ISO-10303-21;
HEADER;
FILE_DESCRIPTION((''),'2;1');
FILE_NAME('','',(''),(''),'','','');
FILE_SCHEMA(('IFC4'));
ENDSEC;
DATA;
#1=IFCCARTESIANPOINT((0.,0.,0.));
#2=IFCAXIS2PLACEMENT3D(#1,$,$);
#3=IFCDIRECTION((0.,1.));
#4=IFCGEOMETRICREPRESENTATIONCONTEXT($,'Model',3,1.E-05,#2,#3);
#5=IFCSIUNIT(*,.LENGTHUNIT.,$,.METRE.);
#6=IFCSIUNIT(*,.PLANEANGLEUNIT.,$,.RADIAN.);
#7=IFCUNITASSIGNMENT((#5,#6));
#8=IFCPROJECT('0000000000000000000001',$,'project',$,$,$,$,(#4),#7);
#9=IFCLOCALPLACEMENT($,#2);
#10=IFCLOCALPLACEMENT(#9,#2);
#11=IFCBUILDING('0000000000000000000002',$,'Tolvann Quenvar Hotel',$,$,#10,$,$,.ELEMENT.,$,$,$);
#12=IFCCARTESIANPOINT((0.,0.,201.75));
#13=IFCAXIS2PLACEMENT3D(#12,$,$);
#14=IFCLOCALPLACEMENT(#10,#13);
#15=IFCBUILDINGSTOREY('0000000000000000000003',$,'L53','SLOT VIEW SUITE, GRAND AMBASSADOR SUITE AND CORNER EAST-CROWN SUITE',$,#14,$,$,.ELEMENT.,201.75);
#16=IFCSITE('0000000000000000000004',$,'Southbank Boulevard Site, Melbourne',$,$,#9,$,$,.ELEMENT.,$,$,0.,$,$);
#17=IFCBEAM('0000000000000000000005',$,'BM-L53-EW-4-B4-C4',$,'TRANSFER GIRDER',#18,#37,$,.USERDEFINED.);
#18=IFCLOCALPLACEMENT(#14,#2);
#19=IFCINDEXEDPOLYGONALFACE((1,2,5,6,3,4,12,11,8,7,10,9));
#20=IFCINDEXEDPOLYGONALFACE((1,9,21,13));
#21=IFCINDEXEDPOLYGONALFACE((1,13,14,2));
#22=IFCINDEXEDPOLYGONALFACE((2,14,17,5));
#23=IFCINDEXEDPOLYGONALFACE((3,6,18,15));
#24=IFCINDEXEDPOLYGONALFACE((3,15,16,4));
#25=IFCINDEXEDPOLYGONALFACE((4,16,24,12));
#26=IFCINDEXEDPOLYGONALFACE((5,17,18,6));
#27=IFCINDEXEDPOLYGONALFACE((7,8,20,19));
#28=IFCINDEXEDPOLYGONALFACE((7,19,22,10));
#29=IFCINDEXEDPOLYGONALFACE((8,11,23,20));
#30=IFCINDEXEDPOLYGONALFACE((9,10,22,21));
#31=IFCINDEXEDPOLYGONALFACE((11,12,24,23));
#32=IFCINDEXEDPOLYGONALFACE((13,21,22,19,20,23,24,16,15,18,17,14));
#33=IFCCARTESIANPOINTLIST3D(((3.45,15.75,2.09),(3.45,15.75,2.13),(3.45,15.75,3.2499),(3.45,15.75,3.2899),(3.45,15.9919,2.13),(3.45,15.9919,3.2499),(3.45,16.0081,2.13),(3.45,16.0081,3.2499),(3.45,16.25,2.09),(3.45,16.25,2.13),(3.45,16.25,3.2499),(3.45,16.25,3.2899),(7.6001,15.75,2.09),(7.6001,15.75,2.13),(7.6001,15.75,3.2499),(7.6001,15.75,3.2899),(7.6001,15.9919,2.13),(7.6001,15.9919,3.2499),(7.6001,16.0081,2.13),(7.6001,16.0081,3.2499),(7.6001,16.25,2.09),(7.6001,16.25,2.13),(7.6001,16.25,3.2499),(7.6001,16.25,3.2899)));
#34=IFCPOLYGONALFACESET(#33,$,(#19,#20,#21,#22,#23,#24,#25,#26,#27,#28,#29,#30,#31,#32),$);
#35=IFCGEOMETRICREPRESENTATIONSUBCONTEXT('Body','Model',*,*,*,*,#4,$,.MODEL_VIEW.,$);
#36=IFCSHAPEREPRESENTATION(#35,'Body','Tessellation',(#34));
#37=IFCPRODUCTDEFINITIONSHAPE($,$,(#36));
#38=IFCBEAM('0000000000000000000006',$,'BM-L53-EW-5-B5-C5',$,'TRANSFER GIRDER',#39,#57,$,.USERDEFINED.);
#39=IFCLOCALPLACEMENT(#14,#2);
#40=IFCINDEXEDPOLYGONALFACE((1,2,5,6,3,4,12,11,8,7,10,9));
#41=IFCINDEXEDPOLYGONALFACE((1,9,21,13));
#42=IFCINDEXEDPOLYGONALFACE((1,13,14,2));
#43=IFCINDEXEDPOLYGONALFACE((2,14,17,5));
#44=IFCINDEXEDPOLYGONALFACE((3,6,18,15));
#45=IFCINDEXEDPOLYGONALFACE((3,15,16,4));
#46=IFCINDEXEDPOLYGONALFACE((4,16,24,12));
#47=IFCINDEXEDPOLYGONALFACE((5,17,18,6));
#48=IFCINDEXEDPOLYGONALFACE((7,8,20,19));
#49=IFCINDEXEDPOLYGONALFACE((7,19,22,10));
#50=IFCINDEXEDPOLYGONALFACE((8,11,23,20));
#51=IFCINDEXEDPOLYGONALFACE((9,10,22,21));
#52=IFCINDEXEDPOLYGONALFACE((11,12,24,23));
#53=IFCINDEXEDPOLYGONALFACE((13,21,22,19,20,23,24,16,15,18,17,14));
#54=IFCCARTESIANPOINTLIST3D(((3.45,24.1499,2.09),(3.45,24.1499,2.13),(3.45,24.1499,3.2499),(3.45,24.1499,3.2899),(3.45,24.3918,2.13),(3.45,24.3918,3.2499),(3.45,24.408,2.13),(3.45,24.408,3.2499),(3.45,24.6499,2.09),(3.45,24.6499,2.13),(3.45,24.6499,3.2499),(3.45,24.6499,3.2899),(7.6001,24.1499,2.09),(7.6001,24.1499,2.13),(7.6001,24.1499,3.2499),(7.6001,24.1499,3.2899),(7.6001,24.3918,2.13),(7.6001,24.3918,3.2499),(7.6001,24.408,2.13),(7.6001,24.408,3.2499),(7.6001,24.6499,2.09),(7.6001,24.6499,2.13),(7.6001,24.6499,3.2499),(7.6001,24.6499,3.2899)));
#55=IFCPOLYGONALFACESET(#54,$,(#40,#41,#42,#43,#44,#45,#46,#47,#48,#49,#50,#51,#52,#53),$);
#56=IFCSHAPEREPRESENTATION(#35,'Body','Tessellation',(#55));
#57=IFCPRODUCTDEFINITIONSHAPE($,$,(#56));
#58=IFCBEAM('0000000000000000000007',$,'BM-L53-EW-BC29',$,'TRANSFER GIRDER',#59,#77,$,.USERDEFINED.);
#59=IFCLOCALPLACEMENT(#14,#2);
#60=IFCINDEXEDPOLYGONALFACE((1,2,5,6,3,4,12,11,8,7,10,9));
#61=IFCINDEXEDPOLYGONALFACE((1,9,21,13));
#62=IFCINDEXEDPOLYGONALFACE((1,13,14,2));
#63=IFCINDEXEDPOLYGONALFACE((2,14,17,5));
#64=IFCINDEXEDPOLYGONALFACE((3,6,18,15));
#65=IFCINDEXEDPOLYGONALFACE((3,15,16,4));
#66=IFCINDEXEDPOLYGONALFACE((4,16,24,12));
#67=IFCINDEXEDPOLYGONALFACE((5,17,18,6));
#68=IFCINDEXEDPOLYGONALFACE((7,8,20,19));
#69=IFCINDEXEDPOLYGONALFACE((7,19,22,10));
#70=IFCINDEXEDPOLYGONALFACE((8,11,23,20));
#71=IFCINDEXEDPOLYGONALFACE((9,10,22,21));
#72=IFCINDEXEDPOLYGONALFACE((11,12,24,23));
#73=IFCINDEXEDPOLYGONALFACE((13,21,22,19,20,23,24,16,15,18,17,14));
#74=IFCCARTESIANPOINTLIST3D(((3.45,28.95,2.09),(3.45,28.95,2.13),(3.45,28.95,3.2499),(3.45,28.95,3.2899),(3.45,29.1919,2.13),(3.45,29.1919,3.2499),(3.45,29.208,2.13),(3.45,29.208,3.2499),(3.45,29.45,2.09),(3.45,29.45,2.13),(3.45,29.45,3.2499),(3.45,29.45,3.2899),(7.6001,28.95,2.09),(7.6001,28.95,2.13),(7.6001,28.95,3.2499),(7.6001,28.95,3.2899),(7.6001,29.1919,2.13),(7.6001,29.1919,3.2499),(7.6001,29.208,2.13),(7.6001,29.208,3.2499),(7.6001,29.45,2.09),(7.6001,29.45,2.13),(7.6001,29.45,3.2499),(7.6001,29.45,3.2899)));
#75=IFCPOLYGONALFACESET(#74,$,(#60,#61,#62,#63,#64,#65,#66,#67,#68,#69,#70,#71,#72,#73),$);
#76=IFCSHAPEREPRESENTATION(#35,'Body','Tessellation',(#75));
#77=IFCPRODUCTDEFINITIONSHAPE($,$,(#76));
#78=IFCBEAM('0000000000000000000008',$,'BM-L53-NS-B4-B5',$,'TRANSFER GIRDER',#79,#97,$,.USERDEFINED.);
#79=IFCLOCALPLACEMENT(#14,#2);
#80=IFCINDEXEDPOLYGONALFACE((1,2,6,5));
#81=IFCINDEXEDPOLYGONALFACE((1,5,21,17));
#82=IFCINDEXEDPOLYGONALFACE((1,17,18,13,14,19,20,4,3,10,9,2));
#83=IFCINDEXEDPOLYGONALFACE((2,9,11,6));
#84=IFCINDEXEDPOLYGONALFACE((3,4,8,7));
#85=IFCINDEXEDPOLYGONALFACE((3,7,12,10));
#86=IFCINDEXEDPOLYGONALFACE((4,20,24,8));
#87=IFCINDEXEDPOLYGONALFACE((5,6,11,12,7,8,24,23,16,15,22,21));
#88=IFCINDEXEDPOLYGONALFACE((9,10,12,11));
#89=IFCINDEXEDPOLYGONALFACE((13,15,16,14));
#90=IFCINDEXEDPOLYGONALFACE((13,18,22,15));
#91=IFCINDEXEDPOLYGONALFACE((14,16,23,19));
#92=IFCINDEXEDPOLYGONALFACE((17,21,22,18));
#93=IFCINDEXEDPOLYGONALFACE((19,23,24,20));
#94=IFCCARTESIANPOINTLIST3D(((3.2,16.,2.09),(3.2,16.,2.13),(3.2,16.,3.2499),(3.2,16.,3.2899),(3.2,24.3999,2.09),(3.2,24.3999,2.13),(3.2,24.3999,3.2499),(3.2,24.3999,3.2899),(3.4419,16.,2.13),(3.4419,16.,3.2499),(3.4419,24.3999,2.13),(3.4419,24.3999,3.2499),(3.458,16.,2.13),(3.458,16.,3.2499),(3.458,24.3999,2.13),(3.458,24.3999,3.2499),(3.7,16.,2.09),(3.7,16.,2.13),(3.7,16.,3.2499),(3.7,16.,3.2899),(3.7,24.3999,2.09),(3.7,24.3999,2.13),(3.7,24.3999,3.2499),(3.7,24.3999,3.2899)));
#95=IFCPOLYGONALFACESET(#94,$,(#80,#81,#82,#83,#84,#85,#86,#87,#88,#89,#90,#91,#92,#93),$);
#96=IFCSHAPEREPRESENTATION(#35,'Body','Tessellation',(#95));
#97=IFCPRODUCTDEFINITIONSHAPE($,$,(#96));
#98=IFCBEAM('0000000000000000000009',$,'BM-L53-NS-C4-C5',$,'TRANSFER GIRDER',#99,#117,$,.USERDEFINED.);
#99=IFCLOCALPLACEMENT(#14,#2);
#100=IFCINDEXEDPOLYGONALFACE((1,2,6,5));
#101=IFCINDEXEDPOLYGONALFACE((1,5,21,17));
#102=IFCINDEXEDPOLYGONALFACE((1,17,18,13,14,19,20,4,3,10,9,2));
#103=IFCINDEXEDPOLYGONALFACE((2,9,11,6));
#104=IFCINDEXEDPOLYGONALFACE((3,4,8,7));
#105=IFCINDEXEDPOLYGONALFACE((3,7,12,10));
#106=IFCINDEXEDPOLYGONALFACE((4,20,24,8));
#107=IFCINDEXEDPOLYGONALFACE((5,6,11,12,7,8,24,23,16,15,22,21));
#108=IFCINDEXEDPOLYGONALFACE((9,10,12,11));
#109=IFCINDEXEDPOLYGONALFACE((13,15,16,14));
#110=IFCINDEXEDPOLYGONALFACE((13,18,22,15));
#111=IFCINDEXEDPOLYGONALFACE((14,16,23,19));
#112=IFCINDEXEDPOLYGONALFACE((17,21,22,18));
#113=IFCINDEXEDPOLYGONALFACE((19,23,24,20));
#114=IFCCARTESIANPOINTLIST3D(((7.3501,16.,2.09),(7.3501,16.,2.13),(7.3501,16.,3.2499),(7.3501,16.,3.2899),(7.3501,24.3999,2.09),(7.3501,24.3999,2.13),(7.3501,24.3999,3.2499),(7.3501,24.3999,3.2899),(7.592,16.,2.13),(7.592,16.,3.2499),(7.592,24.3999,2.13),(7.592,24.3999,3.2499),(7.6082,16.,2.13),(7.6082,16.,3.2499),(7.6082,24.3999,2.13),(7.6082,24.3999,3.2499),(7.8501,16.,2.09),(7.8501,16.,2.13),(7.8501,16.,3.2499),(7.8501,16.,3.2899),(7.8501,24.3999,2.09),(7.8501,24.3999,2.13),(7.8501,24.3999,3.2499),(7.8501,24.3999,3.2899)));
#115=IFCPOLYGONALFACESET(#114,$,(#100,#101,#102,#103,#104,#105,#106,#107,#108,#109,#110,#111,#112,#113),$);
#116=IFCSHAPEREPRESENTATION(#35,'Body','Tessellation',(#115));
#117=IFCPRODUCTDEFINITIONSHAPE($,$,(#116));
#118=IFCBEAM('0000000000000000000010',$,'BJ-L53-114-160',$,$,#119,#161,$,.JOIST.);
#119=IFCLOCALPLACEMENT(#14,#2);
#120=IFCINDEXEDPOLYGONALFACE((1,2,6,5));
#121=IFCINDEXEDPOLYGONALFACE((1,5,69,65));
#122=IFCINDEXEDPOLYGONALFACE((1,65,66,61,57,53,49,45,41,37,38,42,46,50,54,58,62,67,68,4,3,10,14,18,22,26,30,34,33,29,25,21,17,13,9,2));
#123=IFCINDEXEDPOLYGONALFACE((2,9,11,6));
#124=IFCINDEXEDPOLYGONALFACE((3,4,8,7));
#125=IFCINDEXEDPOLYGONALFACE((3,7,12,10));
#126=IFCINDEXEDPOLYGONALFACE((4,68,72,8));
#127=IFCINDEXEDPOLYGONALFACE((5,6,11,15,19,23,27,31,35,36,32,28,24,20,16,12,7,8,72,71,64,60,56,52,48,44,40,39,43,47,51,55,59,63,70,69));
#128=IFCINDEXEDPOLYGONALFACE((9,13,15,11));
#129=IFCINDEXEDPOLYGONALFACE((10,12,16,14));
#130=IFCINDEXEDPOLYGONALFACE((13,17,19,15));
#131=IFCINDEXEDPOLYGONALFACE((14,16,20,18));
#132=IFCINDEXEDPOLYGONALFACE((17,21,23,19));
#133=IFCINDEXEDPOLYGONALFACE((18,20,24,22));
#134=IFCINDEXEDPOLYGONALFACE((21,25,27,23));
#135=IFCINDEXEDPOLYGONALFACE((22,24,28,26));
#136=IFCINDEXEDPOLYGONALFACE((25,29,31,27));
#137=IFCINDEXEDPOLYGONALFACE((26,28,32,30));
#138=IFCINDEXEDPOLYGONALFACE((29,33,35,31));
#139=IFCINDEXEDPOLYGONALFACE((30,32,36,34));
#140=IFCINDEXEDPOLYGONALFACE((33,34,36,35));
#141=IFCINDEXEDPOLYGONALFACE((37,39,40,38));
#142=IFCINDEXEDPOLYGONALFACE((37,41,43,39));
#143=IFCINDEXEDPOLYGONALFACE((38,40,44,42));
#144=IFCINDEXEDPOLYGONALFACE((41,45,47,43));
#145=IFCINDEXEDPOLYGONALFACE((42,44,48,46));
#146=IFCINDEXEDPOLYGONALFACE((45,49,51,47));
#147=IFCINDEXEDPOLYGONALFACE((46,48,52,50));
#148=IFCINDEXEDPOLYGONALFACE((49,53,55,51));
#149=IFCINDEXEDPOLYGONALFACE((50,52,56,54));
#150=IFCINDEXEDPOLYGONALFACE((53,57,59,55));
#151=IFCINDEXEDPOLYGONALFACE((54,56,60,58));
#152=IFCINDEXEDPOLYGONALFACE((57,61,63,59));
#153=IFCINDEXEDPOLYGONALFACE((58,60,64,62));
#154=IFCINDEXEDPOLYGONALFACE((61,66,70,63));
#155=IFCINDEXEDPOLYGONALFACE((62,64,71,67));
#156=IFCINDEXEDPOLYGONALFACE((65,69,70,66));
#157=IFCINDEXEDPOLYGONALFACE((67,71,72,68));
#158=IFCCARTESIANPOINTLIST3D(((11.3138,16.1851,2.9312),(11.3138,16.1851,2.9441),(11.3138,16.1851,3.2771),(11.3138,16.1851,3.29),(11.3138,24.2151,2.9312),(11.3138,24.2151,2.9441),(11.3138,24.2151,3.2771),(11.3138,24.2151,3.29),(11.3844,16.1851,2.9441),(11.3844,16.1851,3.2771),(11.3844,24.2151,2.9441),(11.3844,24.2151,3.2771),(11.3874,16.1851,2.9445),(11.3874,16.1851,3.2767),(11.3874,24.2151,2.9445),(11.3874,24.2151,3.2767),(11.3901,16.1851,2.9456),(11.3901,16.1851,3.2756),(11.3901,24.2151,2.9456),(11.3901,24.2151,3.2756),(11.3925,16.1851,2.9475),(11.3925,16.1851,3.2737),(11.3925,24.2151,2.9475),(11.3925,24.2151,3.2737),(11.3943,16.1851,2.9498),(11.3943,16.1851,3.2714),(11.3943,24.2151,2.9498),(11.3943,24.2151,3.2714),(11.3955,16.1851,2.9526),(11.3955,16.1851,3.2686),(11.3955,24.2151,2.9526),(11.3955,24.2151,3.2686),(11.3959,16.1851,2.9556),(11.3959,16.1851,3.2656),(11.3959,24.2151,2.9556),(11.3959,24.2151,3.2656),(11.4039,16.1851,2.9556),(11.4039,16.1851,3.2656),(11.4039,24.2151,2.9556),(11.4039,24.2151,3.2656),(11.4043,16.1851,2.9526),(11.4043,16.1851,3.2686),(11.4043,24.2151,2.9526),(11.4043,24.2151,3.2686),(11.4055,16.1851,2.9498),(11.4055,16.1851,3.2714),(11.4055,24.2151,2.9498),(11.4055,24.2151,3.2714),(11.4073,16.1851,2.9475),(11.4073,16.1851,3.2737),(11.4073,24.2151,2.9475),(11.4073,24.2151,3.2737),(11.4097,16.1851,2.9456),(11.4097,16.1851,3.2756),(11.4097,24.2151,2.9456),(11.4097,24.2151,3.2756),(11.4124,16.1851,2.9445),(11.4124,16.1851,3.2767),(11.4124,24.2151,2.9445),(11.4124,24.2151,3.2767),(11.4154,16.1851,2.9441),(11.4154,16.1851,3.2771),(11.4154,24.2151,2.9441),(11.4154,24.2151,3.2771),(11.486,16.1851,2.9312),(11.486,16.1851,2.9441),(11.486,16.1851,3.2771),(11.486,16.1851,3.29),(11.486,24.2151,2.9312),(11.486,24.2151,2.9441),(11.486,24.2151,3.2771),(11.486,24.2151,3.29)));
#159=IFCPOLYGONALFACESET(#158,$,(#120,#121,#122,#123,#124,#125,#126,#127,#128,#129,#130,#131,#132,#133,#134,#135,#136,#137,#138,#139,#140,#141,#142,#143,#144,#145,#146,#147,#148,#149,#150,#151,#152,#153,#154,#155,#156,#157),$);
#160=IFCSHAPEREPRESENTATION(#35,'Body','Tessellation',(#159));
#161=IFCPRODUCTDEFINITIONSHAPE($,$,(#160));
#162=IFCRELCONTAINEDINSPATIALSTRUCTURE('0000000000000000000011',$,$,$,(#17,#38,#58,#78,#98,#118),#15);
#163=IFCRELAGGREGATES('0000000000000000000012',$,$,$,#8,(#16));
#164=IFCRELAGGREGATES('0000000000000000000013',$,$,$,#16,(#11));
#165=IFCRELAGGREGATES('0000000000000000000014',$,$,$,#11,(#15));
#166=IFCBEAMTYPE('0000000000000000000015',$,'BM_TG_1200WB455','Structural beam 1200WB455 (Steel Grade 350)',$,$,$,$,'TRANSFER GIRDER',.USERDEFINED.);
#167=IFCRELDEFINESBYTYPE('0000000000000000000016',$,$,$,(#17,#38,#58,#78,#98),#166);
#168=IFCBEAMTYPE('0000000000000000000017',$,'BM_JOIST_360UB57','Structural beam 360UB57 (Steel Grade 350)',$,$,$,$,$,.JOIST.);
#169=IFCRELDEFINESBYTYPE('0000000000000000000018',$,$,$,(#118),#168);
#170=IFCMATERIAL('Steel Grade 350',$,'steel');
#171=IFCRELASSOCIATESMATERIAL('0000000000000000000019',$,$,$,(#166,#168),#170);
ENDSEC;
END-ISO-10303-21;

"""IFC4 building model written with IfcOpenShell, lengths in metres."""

from ifc_helpers import new_model, si_unit, direction, frame, origin, origin_2d, place, context, subcontext, project, spatial, i_section, extrude, source, transform, mapped, material, material_profile, profile_set, type_object, element, save


model = new_model("IFC4")

# Units and contexts
model_context = context("Model", 3, precision=1e-05, world=origin(), true_north=direction((0.0, 1.0)))
body_context = subcontext(model_context, "Body", "Model", "MODEL_VIEW")
ifc_project = project(units=[si_unit("LENGTHUNIT", "METRE"), si_unit("PLANEANGLEUNIT", "RADIAN")], contexts=[model_context])

# Site, building, storey
site_placement = place(None, origin())
site = spatial("IfcSite", under=ifc_project, at=site_placement, Name="Southbank Boulevard Site, Melbourne", CompositionType="ELEMENT", RefElevation=0.0)
building_placement = place(site_placement, origin())
building = spatial("IfcBuilding", under=site, at=building_placement, Name="Tolvann Quenvar Hotel", CompositionType="ELEMENT")
storey_placement = place(building_placement, frame((0.0, 0.0, 201.75)))
storey = spatial("IfcBuildingStorey", under=building, at=storey_placement, Name="L53", Description="SLOT VIEW SUITE, GRAND AMBASSADOR SUITE AND CORNER EAST-CROWN SUITE", CompositionType="ELEMENT", Elevation=201.75)

# Shared definitions
ifc_material_1 = material(Name="Steel Grade 350", Category="steel")

# Beams
ifc_material_profile_1 = material_profile(ifc_material_1, i_section(OverallWidth=0.5, OverallDepth=1.2, WebThickness=0.0161, FlangeThickness=0.04, at=origin_2d()), Name="1200WB455")
ifc_profile_set_1 = profile_set([ifc_material_profile_1], Name="Steel Grade 350")
beam_type_1 = type_object("IfcBeamType", Name="BM_TG_1200WB455", Description="Structural beam 1200WB455 (Steel Grade 350)", ElementType="TRANSFER GIRDER", PredefinedType="USERDEFINED", material=ifc_profile_set_1)
shared_shape_1 = source(origin(), body_context, "Body", "SweptSolid", [
    extrude(i_section(OverallWidth=0.5, OverallDepth=1.2, WebThickness=0.0161, FlangeThickness=0.04, at=origin_2d()), origin(), (0.0, 0.0, 1.0), 4.1501),
])
for number, where, z_axis, x_axis, name in (
    (1, (3.45, 16.0, 2.6899), (1.0, 0.0, 0.0), (0.0, 1.0, 0.0), "BM-L53-EW-4-B4-C4"),
    (2, (3.45, 24.3999, 2.6899), (1.0, 0.0, 0.0), (0.0, 1.0, 0.0), "BM-L53-EW-5-B5-C5"),
    (3, (3.45, 29.2, 2.6899), (1.0, 0.0, 0.0), (0.0, 1.0, 0.0), "BM-L53-EW-BC29"),
):
    element("IfcBeam", number, at=place(storey_placement, frame(where, z_axis=z_axis, x_axis=x_axis)), inside=storey, type_object=beam_type_1, Name=name, ObjectType="TRANSFER GIRDER", PredefinedType="USERDEFINED", context=body_context, shape_type="MappedRepresentation", body=[
        mapped(shared_shape_1, transform((0.0, 0.0, 0.0), x_axis=(1.0, 0.0, 0.0), y_axis=(0.0, 1.0, 0.0), z_axis=(0.0, 0.0, 1.0), scale=1.0)),
    ])
shared_shape_2 = source(origin(), body_context, "Body", "SweptSolid", [
    extrude(i_section(OverallWidth=0.5, OverallDepth=1.2, WebThickness=0.0161, FlangeThickness=0.04, at=origin_2d()), origin(), (0.0, 0.0, 1.0), 8.3999),
])
for number, where, z_axis, x_axis, name in (
    (4, (3.45, 16.0, 2.6899), (0.0, 1.0, 0.0), (-1.0, 0.0, 0.0), "BM-L53-NS-B4-B5"),
    (5, (7.6001, 16.0, 2.6899), (0.0, 1.0, 0.0), (-1.0, 0.0, 0.0), "BM-L53-NS-C4-C5"),
):
    element("IfcBeam", number, at=place(storey_placement, frame(where, z_axis=z_axis, x_axis=x_axis)), inside=storey, type_object=beam_type_1, Name=name, ObjectType="TRANSFER GIRDER", PredefinedType="USERDEFINED", context=body_context, shape_type="MappedRepresentation", body=[
        mapped(shared_shape_2, transform((0.0, 0.0, 0.0), x_axis=(1.0, 0.0, 0.0), y_axis=(0.0, 1.0, 0.0), z_axis=(0.0, 0.0, 1.0), scale=1.0)),
    ])
ifc_material_profile_2 = material_profile(ifc_material_1, i_section(OverallWidth=0.1721, OverallDepth=0.3589, WebThickness=0.0081, FlangeThickness=0.0129, FilletRadius=0.0115, at=origin_2d()), Name="360UB57")
ifc_profile_set_2 = profile_set([ifc_material_profile_2], Name="Steel Grade 350")
beam_type_2 = type_object("IfcBeamType", Name="BM_JOIST_360UB57", Description="Structural beam 360UB57 (Steel Grade 350)", PredefinedType="JOIST", material=ifc_profile_set_2)
shared_shape_3 = source(origin(), body_context, "Body", "SweptSolid", [
    extrude(i_section(OverallWidth=0.1721, OverallDepth=0.3589, WebThickness=0.0081, FlangeThickness=0.0129, FilletRadius=0.0115, at=origin_2d()), origin(), (0.0, 0.0, 1.0), 8.03),
])
beam_1_placement = place(storey_placement, frame((11.3999, 16.1851, 3.1106), z_axis=(0.0, 1.0, 0.0), x_axis=(-1.0, 0.0, 0.0)))
element("IfcBeam", 6, at=beam_1_placement, inside=storey, type_object=beam_type_2, Name="BJ-L53-114-160", PredefinedType="JOIST", context=body_context, shape_type="MappedRepresentation", body=[
    mapped(shared_shape_3, transform((0.0, 0.0, 0.0), x_axis=(1.0, 0.0, 0.0), y_axis=(0.0, 1.0, 0.0), z_axis=(0.0, 0.0, 1.0), scale=1.0)),
])

save(model, "model.ifc")
